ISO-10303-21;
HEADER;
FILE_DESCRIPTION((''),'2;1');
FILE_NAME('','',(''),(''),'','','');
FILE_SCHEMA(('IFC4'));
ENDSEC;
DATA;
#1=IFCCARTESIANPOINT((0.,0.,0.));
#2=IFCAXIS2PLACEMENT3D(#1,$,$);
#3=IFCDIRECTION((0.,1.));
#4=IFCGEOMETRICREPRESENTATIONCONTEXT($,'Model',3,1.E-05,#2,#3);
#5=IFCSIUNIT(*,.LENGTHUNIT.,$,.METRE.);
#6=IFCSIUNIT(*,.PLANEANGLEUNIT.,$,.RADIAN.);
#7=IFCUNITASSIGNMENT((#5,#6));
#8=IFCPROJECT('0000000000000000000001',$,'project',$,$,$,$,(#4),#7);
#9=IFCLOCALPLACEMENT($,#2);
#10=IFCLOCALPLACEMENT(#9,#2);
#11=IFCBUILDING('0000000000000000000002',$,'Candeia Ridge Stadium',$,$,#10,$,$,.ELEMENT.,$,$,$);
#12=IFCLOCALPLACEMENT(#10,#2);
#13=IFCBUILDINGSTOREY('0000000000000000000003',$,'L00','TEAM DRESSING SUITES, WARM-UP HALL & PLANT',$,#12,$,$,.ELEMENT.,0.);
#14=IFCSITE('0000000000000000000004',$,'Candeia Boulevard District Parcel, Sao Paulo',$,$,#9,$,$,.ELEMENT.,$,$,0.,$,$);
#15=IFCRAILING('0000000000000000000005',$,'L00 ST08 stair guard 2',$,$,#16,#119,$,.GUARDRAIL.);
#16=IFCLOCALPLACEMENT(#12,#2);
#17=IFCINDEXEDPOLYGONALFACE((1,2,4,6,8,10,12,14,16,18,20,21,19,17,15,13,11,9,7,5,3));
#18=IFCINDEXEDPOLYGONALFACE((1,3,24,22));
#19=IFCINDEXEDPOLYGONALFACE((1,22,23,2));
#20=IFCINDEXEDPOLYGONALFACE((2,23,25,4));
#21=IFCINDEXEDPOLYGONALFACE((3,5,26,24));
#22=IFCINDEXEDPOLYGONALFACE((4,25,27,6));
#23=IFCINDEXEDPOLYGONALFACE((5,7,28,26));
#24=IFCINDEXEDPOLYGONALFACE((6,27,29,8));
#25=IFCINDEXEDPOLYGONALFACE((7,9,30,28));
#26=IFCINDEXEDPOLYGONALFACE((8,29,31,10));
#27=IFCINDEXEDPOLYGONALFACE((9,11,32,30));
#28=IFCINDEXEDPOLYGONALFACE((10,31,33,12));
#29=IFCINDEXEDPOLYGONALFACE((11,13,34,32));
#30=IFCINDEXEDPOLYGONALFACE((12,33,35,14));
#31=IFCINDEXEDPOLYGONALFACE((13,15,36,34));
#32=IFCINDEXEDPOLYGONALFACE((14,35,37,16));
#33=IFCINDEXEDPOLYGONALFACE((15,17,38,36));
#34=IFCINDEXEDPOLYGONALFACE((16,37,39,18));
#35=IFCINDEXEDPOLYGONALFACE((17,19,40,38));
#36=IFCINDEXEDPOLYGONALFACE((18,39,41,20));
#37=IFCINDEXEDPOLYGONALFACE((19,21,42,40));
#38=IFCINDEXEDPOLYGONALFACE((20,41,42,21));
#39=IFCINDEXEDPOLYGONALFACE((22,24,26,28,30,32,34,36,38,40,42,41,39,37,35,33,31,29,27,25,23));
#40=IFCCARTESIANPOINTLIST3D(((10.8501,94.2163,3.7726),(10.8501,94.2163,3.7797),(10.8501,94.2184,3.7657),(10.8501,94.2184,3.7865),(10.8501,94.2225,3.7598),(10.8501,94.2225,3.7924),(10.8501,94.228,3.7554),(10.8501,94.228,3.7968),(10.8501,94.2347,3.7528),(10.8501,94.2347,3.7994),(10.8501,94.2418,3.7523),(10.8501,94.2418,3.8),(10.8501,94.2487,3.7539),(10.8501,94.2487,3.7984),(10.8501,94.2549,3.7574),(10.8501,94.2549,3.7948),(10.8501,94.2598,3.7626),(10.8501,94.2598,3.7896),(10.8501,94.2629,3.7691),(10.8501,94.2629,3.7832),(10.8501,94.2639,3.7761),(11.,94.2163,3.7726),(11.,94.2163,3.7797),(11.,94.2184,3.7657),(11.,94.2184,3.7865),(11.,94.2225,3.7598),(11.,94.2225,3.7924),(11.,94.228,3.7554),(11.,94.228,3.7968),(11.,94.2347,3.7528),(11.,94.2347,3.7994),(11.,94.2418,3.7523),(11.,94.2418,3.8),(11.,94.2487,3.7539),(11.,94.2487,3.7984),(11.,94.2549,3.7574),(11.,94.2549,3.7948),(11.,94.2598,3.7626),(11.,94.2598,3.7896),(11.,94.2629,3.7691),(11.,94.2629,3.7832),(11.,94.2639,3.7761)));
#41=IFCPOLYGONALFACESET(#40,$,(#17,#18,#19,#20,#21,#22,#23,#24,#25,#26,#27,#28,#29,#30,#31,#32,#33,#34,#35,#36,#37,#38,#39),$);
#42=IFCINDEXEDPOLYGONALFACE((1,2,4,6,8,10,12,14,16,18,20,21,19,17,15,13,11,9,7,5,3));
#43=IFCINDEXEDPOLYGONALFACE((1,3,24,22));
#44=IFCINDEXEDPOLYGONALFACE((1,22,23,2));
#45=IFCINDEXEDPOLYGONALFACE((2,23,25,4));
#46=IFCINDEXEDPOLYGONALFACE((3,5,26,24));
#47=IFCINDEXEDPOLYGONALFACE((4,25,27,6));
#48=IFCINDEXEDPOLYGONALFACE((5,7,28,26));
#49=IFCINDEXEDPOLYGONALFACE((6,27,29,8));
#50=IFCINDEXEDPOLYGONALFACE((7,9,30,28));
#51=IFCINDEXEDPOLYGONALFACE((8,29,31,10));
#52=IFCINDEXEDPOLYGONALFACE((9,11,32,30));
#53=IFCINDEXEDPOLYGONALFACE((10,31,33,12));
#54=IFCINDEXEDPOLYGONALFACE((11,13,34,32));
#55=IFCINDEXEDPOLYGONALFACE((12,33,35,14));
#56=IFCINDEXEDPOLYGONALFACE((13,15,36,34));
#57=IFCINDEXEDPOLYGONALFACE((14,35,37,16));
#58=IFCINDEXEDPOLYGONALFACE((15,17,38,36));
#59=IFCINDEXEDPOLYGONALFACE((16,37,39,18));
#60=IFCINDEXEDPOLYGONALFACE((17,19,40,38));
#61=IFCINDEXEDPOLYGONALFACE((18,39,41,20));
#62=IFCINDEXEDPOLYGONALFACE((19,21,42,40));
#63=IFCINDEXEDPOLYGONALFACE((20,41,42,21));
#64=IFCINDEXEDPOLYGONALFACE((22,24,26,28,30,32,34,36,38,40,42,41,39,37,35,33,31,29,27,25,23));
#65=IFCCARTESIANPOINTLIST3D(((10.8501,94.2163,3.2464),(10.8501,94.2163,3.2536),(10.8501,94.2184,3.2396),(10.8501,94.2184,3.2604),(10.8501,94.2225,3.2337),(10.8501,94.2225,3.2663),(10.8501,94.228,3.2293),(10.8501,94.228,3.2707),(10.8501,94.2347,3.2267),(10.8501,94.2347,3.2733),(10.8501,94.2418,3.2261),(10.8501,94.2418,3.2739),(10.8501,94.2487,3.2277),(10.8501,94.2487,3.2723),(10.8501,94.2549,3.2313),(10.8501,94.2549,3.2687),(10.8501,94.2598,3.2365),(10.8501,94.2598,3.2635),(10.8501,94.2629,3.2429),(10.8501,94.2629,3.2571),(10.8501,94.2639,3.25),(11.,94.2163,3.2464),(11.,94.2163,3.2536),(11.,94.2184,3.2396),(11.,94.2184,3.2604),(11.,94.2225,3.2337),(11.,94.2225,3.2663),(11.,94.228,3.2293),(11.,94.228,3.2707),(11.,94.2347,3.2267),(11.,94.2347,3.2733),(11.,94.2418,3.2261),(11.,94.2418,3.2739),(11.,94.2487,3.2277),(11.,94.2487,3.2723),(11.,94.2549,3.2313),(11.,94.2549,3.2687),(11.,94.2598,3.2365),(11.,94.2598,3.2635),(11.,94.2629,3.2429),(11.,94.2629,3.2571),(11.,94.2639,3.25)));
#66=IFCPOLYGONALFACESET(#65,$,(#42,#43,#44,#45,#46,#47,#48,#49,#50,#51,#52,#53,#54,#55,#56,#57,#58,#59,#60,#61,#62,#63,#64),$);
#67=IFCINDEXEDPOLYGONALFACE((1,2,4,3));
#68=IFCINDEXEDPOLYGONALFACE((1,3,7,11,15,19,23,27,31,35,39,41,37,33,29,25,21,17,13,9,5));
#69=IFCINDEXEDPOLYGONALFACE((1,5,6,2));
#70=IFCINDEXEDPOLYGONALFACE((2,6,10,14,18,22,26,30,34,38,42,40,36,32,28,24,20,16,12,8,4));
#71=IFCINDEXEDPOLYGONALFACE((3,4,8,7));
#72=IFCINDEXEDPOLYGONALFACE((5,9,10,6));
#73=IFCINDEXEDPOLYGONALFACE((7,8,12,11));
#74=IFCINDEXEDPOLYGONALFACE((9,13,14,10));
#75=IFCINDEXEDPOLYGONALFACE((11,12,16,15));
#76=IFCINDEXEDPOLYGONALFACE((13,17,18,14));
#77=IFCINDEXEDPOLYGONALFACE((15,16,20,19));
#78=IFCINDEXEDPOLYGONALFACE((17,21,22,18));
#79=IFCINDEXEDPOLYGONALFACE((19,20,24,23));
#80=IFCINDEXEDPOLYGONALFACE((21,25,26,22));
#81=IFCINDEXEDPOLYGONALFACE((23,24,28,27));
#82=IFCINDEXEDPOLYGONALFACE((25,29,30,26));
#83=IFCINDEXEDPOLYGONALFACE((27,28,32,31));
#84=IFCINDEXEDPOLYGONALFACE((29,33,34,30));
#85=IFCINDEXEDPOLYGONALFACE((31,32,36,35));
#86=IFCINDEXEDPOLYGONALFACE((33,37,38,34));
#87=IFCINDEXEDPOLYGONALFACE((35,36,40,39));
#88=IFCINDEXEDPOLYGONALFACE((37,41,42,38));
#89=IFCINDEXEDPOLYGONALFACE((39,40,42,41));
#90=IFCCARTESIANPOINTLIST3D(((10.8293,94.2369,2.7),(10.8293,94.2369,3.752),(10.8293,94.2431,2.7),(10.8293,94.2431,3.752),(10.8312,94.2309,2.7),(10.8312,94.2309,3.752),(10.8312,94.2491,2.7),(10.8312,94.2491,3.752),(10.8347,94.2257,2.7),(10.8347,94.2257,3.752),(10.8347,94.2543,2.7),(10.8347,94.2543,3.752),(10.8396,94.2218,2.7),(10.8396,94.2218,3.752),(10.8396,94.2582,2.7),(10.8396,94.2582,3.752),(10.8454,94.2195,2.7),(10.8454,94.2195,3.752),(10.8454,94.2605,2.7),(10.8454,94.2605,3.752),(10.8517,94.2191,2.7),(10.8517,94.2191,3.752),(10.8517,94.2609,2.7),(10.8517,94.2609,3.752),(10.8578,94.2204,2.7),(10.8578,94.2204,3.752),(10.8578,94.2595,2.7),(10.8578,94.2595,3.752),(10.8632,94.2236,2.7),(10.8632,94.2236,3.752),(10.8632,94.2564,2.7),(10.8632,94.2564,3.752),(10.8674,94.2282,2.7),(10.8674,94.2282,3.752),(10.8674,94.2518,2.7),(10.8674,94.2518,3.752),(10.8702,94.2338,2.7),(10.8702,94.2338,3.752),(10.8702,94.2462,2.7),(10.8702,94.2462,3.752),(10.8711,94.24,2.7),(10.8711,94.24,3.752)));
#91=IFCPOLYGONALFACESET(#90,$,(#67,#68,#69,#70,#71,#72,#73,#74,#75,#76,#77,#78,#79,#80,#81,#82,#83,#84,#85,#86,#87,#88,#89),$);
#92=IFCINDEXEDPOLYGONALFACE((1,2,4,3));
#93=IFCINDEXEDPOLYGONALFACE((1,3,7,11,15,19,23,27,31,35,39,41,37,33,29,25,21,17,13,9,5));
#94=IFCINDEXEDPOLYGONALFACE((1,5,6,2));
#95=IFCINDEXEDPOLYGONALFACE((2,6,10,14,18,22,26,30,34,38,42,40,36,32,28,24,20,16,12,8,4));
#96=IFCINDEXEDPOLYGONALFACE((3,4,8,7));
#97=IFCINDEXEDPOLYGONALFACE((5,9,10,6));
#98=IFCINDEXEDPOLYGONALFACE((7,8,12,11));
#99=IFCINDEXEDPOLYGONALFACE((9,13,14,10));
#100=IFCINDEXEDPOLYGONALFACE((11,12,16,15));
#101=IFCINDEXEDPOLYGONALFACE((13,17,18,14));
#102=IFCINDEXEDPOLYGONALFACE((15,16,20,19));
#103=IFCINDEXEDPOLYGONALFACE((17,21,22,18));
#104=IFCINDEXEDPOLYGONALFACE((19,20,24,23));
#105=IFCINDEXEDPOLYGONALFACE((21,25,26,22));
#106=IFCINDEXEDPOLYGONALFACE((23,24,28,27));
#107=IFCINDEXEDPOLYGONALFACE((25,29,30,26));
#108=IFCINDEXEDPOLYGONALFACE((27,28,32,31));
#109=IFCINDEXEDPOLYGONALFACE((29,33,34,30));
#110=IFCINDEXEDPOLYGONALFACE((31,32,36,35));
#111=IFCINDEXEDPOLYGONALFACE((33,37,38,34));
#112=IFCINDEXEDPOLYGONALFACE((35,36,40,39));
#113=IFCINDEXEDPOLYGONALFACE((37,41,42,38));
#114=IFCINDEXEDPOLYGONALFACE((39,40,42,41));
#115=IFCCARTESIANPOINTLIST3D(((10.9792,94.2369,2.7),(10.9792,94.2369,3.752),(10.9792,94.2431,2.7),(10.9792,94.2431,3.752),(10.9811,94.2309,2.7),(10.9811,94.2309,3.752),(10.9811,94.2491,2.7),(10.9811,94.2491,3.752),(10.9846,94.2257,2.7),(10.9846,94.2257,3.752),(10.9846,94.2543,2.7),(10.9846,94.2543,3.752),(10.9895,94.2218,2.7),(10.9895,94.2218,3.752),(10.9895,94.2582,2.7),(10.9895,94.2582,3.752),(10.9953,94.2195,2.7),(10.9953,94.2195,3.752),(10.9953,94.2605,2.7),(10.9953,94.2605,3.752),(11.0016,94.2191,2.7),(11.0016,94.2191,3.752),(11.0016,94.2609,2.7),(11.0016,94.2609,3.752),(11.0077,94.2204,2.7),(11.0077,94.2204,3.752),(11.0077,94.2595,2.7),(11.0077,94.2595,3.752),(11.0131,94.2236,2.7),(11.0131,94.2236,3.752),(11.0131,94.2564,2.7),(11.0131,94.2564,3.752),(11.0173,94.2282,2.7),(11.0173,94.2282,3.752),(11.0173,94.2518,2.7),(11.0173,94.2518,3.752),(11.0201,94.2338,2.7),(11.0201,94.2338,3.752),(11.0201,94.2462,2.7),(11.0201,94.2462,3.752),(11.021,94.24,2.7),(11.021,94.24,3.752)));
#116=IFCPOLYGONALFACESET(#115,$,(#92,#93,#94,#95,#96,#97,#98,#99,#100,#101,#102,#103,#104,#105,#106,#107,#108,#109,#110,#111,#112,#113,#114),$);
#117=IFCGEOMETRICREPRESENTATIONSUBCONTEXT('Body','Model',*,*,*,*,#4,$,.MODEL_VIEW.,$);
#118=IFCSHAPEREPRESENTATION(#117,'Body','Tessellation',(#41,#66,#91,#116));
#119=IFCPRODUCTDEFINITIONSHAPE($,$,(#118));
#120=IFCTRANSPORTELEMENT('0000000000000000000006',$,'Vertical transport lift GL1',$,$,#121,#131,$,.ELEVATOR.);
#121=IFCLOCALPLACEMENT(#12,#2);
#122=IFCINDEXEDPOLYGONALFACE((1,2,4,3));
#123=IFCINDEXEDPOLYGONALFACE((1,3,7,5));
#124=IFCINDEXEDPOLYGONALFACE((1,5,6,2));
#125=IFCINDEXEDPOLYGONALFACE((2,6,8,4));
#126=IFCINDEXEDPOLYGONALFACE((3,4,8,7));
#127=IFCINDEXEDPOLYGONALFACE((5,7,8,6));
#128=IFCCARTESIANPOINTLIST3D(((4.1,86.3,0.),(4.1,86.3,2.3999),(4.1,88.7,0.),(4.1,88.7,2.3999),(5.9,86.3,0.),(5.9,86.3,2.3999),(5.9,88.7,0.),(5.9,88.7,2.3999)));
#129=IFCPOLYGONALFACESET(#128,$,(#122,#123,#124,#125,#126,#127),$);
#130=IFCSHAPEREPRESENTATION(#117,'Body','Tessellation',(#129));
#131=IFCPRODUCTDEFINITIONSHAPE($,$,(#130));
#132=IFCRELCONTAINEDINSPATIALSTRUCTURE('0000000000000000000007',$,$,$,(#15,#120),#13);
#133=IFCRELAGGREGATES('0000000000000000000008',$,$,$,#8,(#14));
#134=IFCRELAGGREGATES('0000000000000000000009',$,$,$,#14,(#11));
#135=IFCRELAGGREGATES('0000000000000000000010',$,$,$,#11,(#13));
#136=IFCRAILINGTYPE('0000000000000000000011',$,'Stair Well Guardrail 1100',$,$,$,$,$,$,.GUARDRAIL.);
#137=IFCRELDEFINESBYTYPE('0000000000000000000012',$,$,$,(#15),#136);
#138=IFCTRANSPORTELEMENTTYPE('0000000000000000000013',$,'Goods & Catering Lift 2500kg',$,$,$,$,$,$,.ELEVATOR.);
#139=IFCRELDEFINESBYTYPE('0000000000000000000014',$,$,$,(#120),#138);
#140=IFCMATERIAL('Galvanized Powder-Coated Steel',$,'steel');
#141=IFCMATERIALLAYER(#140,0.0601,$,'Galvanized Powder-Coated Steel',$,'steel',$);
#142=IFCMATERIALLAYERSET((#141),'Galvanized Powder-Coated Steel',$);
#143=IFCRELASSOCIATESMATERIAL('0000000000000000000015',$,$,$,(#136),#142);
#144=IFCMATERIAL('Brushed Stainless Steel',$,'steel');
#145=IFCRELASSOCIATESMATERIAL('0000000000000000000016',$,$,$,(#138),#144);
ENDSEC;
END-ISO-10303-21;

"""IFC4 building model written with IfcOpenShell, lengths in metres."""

from ifc_helpers import new_model, si_unit, direction, frame, origin, origin_2d, place, context, subcontext, project, spatial, rectangle, circle, extrude, material, layer, layer_set, type_object, element, save


model = new_model("IFC4")

# Units and contexts
model_context = context("Model", 3, precision=1e-05, world=origin(), true_north=direction((0.0, 1.0)))
body_context = subcontext(model_context, "Body", "Model", "MODEL_VIEW")
ifc_project = project(units=[si_unit("LENGTHUNIT", "METRE"), si_unit("PLANEANGLEUNIT", "RADIAN")], contexts=[model_context])

# Site, building, storey
site_placement = place(None, origin())
site = spatial("IfcSite", under=ifc_project, at=site_placement, Name="Candeia Boulevard District Parcel, Sao Paulo", CompositionType="ELEMENT", RefElevation=0.0)
building_placement = place(site_placement, origin())
building = spatial("IfcBuilding", under=site, at=building_placement, Name="Candeia Ridge Stadium", CompositionType="ELEMENT")
storey_placement = place(building_placement, origin())
storey = spatial("IfcBuildingStorey", under=building, at=storey_placement, Name="L00", Description="TEAM DRESSING SUITES, WARM-UP HALL & PLANT", CompositionType="ELEMENT", Elevation=0.0)

# Railing
ifc_material_1 = material(Name="Brushed Stainless Steel", Category="steel")
ifc_material_2 = material(Name="Galvanized Powder-Coated Steel", Category="steel")
ifc_layer_1 = layer(ifc_material_2, 0.0601, Name="Galvanized Powder-Coated Steel", Category="steel")
ifc_layer_set_1 = layer_set([ifc_layer_1], Name="Galvanized Powder-Coated Steel")
railing_type_1 = type_object("IfcRailingType", Name="Stair Well Guardrail 1100", PredefinedType="GUARDRAIL", material=ifc_layer_set_1)
railing_1_placement = place(storey_placement, frame((10.8501, 94.24, 2.7)))
element("IfcRailing", 1, at=railing_1_placement, inside=storey, type_object=railing_type_1, Name="L00 ST08 stair guard 2", PredefinedType="GUARDRAIL", context=body_context, shape_type="SweptSolid", body=[
    extrude(circle(Radius=0.0239, at=origin_2d()), frame((0.0, 0.0, 1.0762), z_axis=(1.0, 0.0, 0.0), x_axis=(0.0, 1.0, 0.0)), (0.0, 0.0, 1.0), 0.1499),
    extrude(circle(Radius=0.0239, at=origin_2d()), frame((0.0, 0.0, 0.55), z_axis=(1.0, 0.0, 0.0), x_axis=(0.0, 1.0, 0.0)), (0.0, 0.0, 1.0), 0.1499),
    extrude(circle(Radius=0.021, at=origin_2d()), origin(), (0.0, 0.0, 1.0), 1.052),
    extrude(circle(Radius=0.021, at=origin_2d()), frame((0.1499, 0.0, 0.0)), (0.0, 0.0, 1.0), 1.052),
])

# Transport element
transport_element_type = type_object("IfcTransportElementType", Name="Goods & Catering Lift 2500kg", PredefinedType="ELEVATOR", material=ifc_material_1)
transport_element_placement = place(storey_placement, frame((5.0, 87.5, 0.0), z_axis=(0.0, 0.0, 1.0), x_axis=(1.0, 0.0, 0.0)))
element("IfcTransportElement", 2, at=transport_element_placement, inside=storey, type_object=transport_element_type, Name="Vertical transport lift GL1", PredefinedType="ELEVATOR", context=body_context, shape_type="SweptSolid", body=[
    extrude(rectangle(XDim=1.8, YDim=2.3999, at=origin_2d()), origin(), (0.0, 0.0, 1.0), 2.3999),
])

save(model, "model.ifc")
